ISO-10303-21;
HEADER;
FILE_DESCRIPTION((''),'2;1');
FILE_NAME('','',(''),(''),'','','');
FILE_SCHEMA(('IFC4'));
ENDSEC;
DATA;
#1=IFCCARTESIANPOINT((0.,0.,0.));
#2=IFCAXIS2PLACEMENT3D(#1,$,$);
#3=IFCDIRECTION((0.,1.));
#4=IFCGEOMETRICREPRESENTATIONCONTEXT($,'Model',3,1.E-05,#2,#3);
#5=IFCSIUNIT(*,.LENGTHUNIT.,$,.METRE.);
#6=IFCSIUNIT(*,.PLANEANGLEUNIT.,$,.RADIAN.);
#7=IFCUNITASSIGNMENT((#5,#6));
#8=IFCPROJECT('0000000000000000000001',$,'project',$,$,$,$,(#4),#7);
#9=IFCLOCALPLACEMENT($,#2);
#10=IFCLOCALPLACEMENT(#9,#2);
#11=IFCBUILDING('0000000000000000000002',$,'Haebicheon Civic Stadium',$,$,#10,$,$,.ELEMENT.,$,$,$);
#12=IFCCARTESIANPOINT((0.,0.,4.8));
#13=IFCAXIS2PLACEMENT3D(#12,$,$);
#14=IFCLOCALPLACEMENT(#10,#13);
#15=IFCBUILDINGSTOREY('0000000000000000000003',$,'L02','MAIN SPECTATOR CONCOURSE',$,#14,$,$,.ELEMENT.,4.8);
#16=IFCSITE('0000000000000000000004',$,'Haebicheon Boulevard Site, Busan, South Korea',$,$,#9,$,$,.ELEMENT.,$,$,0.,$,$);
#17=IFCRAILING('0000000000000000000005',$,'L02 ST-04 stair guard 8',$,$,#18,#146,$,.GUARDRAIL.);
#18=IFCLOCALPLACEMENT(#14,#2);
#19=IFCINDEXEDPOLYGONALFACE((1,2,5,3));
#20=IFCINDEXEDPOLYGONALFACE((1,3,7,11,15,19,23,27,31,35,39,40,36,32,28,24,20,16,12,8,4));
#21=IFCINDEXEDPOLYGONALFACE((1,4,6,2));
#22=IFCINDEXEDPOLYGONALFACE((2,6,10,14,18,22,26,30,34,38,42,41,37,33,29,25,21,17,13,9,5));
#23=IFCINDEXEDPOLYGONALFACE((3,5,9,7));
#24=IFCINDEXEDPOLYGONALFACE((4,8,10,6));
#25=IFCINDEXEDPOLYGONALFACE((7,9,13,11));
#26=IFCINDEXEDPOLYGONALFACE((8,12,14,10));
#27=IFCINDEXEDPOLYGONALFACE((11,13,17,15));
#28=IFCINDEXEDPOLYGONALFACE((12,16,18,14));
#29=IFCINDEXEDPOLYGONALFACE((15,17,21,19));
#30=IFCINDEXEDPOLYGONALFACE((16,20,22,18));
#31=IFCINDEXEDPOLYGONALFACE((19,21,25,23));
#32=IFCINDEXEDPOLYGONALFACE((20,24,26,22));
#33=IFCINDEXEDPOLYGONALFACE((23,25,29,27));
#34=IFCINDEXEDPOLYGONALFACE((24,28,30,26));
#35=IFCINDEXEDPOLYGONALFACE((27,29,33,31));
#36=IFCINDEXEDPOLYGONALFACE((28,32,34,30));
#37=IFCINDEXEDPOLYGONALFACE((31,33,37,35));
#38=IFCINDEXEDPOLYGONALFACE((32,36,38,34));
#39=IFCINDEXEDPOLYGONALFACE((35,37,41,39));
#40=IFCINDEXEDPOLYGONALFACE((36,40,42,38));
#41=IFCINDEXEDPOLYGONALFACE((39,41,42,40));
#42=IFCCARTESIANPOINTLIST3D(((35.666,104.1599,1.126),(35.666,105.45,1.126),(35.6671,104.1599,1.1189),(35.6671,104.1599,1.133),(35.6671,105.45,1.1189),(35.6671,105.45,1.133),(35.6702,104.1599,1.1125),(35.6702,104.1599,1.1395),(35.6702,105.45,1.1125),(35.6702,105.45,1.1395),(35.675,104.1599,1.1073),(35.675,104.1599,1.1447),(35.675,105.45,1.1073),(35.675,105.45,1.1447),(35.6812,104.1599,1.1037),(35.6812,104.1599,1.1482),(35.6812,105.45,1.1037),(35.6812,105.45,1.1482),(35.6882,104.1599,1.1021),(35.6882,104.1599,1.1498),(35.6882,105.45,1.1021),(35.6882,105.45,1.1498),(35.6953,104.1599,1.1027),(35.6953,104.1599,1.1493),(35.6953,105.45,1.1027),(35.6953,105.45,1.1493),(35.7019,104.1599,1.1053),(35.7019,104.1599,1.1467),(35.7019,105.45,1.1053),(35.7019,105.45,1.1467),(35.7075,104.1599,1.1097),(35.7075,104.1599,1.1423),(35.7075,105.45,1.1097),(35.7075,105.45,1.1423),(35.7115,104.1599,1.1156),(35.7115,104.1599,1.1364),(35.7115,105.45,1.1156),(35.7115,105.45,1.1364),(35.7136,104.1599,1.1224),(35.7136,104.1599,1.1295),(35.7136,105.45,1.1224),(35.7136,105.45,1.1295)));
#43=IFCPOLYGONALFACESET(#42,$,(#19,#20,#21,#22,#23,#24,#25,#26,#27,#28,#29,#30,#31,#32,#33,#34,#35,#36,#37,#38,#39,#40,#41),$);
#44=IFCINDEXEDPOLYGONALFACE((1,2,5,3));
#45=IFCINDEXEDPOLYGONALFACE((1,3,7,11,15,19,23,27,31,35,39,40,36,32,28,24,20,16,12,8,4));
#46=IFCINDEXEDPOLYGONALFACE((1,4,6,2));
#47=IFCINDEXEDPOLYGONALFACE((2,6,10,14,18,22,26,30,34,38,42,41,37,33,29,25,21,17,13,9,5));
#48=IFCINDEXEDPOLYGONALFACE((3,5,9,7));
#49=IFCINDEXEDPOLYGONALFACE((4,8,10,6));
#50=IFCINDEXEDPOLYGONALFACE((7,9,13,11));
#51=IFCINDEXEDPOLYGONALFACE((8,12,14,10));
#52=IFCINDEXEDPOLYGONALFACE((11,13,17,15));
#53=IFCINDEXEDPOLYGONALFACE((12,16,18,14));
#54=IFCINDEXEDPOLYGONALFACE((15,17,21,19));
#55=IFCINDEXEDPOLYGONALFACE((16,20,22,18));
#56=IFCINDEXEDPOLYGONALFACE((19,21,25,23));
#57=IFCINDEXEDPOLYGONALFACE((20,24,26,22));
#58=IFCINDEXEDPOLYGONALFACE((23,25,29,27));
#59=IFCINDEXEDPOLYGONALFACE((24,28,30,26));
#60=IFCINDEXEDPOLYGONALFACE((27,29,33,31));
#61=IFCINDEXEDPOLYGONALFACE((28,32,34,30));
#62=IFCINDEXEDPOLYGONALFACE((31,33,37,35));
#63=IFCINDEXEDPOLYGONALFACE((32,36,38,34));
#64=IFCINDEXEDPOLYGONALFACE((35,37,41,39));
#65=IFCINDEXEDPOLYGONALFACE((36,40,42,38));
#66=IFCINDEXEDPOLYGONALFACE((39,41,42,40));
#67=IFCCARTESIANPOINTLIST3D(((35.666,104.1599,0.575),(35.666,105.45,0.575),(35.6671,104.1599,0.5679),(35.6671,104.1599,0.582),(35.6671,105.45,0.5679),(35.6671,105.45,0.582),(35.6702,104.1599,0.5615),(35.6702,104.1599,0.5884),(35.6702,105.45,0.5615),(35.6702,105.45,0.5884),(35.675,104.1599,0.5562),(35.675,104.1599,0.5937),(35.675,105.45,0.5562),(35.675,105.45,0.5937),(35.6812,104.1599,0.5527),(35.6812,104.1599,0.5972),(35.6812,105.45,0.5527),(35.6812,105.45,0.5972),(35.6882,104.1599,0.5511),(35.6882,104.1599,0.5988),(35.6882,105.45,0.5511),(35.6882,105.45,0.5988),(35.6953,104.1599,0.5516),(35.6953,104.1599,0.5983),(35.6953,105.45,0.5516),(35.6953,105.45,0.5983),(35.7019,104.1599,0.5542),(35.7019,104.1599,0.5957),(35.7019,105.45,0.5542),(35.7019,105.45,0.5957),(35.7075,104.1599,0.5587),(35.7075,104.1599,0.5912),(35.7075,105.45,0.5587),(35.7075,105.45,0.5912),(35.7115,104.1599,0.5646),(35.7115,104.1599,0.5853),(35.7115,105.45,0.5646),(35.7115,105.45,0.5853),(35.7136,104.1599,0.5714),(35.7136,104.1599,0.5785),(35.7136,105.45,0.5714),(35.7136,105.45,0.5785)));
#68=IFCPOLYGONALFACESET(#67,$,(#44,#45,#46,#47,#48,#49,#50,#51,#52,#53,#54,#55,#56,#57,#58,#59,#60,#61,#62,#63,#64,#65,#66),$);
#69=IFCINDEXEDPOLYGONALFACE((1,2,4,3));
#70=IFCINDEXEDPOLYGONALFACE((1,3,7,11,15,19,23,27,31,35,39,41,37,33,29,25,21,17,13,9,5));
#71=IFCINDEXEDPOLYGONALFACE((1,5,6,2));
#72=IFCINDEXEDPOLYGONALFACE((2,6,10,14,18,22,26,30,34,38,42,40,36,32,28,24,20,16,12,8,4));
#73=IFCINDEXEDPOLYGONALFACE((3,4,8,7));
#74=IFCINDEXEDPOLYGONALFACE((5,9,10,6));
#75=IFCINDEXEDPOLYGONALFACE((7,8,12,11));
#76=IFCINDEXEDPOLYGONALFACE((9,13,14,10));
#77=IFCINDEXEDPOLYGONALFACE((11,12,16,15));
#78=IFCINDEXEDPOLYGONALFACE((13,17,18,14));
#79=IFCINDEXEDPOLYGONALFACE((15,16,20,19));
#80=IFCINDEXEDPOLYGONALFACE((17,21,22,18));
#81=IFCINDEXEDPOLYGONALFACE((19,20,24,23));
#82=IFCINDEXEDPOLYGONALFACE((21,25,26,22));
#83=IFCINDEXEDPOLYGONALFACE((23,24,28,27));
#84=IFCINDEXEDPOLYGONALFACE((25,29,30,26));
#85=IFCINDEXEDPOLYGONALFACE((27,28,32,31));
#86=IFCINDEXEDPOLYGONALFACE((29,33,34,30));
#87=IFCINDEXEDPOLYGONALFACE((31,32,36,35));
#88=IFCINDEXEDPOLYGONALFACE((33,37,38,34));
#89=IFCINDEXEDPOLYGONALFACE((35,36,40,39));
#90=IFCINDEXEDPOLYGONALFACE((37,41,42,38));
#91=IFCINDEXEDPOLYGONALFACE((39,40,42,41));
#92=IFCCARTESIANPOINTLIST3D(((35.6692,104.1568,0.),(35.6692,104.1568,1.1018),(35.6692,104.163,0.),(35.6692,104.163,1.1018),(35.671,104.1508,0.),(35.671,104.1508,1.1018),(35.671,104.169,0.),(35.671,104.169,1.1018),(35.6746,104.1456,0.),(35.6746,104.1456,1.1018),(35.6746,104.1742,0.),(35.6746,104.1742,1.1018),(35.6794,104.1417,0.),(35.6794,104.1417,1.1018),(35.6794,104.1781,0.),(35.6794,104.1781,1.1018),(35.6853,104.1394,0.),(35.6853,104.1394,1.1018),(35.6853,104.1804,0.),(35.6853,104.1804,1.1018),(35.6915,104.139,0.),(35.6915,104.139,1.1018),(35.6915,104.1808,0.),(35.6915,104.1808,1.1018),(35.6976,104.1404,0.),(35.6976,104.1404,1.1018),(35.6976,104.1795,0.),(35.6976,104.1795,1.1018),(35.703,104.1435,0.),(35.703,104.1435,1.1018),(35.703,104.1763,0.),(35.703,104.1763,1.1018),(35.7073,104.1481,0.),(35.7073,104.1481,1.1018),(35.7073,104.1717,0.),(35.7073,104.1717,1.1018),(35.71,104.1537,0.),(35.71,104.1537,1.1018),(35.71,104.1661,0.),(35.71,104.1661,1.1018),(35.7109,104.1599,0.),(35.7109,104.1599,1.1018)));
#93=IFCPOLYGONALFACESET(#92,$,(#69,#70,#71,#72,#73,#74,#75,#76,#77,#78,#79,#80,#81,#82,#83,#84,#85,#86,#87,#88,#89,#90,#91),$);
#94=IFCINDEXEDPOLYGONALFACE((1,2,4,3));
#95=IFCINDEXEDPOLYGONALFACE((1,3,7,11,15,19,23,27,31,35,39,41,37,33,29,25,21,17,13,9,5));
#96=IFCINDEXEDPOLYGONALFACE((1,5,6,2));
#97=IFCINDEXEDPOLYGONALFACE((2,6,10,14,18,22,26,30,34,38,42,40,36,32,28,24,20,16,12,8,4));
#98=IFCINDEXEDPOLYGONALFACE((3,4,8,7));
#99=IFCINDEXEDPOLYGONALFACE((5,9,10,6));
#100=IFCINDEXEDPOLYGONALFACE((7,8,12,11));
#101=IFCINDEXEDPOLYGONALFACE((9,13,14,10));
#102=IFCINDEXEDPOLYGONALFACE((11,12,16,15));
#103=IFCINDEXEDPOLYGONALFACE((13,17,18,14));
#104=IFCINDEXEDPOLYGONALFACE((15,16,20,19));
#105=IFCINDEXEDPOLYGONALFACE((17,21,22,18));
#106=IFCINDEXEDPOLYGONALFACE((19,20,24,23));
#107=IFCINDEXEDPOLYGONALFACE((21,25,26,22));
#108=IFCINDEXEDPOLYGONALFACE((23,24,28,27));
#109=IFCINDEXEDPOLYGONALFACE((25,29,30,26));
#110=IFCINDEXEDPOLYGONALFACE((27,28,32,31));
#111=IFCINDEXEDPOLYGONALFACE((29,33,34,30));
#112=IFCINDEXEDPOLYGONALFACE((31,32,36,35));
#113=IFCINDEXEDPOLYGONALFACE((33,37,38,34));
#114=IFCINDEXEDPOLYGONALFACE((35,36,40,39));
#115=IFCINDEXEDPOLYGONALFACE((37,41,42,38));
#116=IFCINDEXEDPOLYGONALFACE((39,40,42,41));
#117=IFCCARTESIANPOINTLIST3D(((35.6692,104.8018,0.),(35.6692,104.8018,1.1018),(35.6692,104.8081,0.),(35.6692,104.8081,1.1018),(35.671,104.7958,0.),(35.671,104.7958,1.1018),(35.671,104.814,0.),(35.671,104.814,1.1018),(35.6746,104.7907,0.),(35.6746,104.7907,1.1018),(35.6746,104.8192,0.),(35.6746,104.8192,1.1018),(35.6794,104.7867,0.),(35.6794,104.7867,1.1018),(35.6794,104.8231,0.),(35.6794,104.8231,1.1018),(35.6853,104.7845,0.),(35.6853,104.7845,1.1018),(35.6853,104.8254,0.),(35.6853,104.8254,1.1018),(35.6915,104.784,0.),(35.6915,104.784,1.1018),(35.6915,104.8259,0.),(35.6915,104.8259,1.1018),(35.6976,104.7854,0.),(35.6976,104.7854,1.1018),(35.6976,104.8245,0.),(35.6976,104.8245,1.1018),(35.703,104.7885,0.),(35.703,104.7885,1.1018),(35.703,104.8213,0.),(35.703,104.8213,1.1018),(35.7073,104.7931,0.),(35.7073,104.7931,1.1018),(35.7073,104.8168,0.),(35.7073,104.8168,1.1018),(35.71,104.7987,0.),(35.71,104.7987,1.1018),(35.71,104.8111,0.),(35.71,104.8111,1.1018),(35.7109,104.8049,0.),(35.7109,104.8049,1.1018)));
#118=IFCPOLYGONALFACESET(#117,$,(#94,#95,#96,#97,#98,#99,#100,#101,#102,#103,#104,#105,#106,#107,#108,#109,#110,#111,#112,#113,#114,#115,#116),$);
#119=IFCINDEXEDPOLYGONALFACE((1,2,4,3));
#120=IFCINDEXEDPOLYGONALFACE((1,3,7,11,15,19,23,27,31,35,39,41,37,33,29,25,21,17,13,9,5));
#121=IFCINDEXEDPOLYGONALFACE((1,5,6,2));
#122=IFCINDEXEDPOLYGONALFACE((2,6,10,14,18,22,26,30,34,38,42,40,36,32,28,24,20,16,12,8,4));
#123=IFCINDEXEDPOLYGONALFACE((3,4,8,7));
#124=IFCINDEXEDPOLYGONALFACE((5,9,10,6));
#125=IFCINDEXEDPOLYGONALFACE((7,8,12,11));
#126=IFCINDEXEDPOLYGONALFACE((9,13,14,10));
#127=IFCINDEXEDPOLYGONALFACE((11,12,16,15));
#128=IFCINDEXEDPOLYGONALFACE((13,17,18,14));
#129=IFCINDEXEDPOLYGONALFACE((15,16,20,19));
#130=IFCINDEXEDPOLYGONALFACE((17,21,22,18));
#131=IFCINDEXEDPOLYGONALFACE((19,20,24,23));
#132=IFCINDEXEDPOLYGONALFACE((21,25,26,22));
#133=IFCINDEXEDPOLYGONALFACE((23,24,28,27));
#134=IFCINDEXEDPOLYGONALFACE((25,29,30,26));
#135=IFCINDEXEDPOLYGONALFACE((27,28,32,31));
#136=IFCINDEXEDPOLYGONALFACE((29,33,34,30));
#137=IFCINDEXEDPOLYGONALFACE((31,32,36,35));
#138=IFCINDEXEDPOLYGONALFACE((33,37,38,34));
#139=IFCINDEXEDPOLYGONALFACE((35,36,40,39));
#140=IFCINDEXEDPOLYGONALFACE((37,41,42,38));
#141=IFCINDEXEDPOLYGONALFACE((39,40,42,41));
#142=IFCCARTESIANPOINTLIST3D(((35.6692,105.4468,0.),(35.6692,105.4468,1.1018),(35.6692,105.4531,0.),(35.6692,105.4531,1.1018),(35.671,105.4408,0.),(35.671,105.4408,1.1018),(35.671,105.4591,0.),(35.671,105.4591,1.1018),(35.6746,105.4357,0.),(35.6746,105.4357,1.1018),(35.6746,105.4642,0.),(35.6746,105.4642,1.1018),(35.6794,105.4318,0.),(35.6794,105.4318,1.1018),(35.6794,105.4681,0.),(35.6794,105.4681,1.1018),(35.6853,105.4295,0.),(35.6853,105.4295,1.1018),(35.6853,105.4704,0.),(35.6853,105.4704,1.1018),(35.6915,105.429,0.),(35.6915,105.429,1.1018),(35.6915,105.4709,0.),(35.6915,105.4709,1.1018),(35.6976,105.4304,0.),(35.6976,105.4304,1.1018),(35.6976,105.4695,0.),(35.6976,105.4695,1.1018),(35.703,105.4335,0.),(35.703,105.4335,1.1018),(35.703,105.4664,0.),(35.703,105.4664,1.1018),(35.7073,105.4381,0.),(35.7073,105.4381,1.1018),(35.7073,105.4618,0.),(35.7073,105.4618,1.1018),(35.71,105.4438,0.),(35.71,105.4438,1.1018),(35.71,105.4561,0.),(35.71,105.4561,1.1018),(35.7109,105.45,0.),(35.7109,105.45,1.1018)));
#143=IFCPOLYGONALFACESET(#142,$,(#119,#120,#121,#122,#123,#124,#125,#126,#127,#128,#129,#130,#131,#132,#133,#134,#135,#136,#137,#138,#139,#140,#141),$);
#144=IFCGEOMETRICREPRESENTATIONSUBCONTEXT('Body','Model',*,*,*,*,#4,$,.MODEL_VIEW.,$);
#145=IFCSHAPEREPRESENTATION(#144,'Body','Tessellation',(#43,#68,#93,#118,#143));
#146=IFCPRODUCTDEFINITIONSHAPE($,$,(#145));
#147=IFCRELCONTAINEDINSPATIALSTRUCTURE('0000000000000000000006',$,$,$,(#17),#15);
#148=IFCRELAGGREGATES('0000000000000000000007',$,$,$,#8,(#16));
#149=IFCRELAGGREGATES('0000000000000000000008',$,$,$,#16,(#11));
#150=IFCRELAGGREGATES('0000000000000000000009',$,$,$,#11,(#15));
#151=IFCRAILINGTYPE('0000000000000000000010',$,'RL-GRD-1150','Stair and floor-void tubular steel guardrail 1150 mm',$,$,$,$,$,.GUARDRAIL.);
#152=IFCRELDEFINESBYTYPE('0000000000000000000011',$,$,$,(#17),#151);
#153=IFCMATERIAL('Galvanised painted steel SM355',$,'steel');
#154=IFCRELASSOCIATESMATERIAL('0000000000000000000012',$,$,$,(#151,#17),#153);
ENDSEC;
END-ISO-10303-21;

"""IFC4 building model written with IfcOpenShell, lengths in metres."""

from ifc_helpers import new_model, si_unit, direction, frame, origin, origin_2d, place, context, subcontext, project, spatial, circle, extrude, material, type_object, element, save


model = new_model("IFC4")

# Units and contexts
model_context = context("Model", 3, precision=1e-05, world=origin(), true_north=direction((0.0, 1.0)))
body_context = subcontext(model_context, "Body", "Model", "MODEL_VIEW")
ifc_project = project(units=[si_unit("LENGTHUNIT", "METRE"), si_unit("PLANEANGLEUNIT", "RADIAN")], contexts=[model_context])

# Site, building, storey
site_placement = place(None, origin())
site = spatial("IfcSite", under=ifc_project, at=site_placement, Name="Haebicheon Boulevard Site, Busan, South Korea", CompositionType="ELEMENT", RefElevation=0.0)
building_placement = place(site_placement, origin())
building = spatial("IfcBuilding", under=site, at=building_placement, Name="Haebicheon Civic Stadium", CompositionType="ELEMENT")
storey_placement = place(building_placement, frame((0.0, 0.0, 4.8)))
storey = spatial("IfcBuildingStorey", under=building, at=storey_placement, Name="L02", Description="MAIN SPECTATOR CONCOURSE", CompositionType="ELEMENT", Elevation=4.8)

# Railing
ifc_material_1 = material(Name="Galvanised painted steel SM355", Category="steel")
railing_type = type_object("IfcRailingType", Name="RL-GRD-1150", Description="Stair and floor-void tubular steel guardrail 1150 mm", PredefinedType="GUARDRAIL", material=ifc_material_1)
for number, where, name in (
    (1, (35.6899, 104.1599, 0.0), "L02 ST-04 stair guard 8"),
):
    element("IfcRailing", number, at=place(storey_placement, frame(where)), inside=storey, type_object=railing_type, material=ifc_material_1, Name=name, PredefinedType="GUARDRAIL", context=body_context, shape_type="SweptSolid", body=[
        extrude(circle(Radius=0.0239, at=origin_2d()), frame((0.0, 0.0, 1.126), z_axis=(0.0, 1.0, 0.0), x_axis=(-1.0, 0.0, 0.0)), (0.0, 0.0, 1.0), 1.29),
        extrude(circle(Radius=0.0239, at=origin_2d()), frame((0.0, 0.0, 0.575), z_axis=(0.0, 1.0, 0.0), x_axis=(-1.0, 0.0, 0.0)), (0.0, 0.0, 1.0), 1.29),
        extrude(circle(Radius=0.021, at=origin_2d()), origin(), (0.0, 0.0, 1.0), 1.1018),
        extrude(circle(Radius=0.021, at=origin_2d()), frame((0.0, 0.645, 0.0)), (0.0, 0.0, 1.0), 1.1018),
        extrude(circle(Radius=0.021, at=origin_2d()), frame((0.0, 1.29, 0.0)), (0.0, 0.0, 1.0), 1.1018),
    ])

save(model, "model.ifc")
